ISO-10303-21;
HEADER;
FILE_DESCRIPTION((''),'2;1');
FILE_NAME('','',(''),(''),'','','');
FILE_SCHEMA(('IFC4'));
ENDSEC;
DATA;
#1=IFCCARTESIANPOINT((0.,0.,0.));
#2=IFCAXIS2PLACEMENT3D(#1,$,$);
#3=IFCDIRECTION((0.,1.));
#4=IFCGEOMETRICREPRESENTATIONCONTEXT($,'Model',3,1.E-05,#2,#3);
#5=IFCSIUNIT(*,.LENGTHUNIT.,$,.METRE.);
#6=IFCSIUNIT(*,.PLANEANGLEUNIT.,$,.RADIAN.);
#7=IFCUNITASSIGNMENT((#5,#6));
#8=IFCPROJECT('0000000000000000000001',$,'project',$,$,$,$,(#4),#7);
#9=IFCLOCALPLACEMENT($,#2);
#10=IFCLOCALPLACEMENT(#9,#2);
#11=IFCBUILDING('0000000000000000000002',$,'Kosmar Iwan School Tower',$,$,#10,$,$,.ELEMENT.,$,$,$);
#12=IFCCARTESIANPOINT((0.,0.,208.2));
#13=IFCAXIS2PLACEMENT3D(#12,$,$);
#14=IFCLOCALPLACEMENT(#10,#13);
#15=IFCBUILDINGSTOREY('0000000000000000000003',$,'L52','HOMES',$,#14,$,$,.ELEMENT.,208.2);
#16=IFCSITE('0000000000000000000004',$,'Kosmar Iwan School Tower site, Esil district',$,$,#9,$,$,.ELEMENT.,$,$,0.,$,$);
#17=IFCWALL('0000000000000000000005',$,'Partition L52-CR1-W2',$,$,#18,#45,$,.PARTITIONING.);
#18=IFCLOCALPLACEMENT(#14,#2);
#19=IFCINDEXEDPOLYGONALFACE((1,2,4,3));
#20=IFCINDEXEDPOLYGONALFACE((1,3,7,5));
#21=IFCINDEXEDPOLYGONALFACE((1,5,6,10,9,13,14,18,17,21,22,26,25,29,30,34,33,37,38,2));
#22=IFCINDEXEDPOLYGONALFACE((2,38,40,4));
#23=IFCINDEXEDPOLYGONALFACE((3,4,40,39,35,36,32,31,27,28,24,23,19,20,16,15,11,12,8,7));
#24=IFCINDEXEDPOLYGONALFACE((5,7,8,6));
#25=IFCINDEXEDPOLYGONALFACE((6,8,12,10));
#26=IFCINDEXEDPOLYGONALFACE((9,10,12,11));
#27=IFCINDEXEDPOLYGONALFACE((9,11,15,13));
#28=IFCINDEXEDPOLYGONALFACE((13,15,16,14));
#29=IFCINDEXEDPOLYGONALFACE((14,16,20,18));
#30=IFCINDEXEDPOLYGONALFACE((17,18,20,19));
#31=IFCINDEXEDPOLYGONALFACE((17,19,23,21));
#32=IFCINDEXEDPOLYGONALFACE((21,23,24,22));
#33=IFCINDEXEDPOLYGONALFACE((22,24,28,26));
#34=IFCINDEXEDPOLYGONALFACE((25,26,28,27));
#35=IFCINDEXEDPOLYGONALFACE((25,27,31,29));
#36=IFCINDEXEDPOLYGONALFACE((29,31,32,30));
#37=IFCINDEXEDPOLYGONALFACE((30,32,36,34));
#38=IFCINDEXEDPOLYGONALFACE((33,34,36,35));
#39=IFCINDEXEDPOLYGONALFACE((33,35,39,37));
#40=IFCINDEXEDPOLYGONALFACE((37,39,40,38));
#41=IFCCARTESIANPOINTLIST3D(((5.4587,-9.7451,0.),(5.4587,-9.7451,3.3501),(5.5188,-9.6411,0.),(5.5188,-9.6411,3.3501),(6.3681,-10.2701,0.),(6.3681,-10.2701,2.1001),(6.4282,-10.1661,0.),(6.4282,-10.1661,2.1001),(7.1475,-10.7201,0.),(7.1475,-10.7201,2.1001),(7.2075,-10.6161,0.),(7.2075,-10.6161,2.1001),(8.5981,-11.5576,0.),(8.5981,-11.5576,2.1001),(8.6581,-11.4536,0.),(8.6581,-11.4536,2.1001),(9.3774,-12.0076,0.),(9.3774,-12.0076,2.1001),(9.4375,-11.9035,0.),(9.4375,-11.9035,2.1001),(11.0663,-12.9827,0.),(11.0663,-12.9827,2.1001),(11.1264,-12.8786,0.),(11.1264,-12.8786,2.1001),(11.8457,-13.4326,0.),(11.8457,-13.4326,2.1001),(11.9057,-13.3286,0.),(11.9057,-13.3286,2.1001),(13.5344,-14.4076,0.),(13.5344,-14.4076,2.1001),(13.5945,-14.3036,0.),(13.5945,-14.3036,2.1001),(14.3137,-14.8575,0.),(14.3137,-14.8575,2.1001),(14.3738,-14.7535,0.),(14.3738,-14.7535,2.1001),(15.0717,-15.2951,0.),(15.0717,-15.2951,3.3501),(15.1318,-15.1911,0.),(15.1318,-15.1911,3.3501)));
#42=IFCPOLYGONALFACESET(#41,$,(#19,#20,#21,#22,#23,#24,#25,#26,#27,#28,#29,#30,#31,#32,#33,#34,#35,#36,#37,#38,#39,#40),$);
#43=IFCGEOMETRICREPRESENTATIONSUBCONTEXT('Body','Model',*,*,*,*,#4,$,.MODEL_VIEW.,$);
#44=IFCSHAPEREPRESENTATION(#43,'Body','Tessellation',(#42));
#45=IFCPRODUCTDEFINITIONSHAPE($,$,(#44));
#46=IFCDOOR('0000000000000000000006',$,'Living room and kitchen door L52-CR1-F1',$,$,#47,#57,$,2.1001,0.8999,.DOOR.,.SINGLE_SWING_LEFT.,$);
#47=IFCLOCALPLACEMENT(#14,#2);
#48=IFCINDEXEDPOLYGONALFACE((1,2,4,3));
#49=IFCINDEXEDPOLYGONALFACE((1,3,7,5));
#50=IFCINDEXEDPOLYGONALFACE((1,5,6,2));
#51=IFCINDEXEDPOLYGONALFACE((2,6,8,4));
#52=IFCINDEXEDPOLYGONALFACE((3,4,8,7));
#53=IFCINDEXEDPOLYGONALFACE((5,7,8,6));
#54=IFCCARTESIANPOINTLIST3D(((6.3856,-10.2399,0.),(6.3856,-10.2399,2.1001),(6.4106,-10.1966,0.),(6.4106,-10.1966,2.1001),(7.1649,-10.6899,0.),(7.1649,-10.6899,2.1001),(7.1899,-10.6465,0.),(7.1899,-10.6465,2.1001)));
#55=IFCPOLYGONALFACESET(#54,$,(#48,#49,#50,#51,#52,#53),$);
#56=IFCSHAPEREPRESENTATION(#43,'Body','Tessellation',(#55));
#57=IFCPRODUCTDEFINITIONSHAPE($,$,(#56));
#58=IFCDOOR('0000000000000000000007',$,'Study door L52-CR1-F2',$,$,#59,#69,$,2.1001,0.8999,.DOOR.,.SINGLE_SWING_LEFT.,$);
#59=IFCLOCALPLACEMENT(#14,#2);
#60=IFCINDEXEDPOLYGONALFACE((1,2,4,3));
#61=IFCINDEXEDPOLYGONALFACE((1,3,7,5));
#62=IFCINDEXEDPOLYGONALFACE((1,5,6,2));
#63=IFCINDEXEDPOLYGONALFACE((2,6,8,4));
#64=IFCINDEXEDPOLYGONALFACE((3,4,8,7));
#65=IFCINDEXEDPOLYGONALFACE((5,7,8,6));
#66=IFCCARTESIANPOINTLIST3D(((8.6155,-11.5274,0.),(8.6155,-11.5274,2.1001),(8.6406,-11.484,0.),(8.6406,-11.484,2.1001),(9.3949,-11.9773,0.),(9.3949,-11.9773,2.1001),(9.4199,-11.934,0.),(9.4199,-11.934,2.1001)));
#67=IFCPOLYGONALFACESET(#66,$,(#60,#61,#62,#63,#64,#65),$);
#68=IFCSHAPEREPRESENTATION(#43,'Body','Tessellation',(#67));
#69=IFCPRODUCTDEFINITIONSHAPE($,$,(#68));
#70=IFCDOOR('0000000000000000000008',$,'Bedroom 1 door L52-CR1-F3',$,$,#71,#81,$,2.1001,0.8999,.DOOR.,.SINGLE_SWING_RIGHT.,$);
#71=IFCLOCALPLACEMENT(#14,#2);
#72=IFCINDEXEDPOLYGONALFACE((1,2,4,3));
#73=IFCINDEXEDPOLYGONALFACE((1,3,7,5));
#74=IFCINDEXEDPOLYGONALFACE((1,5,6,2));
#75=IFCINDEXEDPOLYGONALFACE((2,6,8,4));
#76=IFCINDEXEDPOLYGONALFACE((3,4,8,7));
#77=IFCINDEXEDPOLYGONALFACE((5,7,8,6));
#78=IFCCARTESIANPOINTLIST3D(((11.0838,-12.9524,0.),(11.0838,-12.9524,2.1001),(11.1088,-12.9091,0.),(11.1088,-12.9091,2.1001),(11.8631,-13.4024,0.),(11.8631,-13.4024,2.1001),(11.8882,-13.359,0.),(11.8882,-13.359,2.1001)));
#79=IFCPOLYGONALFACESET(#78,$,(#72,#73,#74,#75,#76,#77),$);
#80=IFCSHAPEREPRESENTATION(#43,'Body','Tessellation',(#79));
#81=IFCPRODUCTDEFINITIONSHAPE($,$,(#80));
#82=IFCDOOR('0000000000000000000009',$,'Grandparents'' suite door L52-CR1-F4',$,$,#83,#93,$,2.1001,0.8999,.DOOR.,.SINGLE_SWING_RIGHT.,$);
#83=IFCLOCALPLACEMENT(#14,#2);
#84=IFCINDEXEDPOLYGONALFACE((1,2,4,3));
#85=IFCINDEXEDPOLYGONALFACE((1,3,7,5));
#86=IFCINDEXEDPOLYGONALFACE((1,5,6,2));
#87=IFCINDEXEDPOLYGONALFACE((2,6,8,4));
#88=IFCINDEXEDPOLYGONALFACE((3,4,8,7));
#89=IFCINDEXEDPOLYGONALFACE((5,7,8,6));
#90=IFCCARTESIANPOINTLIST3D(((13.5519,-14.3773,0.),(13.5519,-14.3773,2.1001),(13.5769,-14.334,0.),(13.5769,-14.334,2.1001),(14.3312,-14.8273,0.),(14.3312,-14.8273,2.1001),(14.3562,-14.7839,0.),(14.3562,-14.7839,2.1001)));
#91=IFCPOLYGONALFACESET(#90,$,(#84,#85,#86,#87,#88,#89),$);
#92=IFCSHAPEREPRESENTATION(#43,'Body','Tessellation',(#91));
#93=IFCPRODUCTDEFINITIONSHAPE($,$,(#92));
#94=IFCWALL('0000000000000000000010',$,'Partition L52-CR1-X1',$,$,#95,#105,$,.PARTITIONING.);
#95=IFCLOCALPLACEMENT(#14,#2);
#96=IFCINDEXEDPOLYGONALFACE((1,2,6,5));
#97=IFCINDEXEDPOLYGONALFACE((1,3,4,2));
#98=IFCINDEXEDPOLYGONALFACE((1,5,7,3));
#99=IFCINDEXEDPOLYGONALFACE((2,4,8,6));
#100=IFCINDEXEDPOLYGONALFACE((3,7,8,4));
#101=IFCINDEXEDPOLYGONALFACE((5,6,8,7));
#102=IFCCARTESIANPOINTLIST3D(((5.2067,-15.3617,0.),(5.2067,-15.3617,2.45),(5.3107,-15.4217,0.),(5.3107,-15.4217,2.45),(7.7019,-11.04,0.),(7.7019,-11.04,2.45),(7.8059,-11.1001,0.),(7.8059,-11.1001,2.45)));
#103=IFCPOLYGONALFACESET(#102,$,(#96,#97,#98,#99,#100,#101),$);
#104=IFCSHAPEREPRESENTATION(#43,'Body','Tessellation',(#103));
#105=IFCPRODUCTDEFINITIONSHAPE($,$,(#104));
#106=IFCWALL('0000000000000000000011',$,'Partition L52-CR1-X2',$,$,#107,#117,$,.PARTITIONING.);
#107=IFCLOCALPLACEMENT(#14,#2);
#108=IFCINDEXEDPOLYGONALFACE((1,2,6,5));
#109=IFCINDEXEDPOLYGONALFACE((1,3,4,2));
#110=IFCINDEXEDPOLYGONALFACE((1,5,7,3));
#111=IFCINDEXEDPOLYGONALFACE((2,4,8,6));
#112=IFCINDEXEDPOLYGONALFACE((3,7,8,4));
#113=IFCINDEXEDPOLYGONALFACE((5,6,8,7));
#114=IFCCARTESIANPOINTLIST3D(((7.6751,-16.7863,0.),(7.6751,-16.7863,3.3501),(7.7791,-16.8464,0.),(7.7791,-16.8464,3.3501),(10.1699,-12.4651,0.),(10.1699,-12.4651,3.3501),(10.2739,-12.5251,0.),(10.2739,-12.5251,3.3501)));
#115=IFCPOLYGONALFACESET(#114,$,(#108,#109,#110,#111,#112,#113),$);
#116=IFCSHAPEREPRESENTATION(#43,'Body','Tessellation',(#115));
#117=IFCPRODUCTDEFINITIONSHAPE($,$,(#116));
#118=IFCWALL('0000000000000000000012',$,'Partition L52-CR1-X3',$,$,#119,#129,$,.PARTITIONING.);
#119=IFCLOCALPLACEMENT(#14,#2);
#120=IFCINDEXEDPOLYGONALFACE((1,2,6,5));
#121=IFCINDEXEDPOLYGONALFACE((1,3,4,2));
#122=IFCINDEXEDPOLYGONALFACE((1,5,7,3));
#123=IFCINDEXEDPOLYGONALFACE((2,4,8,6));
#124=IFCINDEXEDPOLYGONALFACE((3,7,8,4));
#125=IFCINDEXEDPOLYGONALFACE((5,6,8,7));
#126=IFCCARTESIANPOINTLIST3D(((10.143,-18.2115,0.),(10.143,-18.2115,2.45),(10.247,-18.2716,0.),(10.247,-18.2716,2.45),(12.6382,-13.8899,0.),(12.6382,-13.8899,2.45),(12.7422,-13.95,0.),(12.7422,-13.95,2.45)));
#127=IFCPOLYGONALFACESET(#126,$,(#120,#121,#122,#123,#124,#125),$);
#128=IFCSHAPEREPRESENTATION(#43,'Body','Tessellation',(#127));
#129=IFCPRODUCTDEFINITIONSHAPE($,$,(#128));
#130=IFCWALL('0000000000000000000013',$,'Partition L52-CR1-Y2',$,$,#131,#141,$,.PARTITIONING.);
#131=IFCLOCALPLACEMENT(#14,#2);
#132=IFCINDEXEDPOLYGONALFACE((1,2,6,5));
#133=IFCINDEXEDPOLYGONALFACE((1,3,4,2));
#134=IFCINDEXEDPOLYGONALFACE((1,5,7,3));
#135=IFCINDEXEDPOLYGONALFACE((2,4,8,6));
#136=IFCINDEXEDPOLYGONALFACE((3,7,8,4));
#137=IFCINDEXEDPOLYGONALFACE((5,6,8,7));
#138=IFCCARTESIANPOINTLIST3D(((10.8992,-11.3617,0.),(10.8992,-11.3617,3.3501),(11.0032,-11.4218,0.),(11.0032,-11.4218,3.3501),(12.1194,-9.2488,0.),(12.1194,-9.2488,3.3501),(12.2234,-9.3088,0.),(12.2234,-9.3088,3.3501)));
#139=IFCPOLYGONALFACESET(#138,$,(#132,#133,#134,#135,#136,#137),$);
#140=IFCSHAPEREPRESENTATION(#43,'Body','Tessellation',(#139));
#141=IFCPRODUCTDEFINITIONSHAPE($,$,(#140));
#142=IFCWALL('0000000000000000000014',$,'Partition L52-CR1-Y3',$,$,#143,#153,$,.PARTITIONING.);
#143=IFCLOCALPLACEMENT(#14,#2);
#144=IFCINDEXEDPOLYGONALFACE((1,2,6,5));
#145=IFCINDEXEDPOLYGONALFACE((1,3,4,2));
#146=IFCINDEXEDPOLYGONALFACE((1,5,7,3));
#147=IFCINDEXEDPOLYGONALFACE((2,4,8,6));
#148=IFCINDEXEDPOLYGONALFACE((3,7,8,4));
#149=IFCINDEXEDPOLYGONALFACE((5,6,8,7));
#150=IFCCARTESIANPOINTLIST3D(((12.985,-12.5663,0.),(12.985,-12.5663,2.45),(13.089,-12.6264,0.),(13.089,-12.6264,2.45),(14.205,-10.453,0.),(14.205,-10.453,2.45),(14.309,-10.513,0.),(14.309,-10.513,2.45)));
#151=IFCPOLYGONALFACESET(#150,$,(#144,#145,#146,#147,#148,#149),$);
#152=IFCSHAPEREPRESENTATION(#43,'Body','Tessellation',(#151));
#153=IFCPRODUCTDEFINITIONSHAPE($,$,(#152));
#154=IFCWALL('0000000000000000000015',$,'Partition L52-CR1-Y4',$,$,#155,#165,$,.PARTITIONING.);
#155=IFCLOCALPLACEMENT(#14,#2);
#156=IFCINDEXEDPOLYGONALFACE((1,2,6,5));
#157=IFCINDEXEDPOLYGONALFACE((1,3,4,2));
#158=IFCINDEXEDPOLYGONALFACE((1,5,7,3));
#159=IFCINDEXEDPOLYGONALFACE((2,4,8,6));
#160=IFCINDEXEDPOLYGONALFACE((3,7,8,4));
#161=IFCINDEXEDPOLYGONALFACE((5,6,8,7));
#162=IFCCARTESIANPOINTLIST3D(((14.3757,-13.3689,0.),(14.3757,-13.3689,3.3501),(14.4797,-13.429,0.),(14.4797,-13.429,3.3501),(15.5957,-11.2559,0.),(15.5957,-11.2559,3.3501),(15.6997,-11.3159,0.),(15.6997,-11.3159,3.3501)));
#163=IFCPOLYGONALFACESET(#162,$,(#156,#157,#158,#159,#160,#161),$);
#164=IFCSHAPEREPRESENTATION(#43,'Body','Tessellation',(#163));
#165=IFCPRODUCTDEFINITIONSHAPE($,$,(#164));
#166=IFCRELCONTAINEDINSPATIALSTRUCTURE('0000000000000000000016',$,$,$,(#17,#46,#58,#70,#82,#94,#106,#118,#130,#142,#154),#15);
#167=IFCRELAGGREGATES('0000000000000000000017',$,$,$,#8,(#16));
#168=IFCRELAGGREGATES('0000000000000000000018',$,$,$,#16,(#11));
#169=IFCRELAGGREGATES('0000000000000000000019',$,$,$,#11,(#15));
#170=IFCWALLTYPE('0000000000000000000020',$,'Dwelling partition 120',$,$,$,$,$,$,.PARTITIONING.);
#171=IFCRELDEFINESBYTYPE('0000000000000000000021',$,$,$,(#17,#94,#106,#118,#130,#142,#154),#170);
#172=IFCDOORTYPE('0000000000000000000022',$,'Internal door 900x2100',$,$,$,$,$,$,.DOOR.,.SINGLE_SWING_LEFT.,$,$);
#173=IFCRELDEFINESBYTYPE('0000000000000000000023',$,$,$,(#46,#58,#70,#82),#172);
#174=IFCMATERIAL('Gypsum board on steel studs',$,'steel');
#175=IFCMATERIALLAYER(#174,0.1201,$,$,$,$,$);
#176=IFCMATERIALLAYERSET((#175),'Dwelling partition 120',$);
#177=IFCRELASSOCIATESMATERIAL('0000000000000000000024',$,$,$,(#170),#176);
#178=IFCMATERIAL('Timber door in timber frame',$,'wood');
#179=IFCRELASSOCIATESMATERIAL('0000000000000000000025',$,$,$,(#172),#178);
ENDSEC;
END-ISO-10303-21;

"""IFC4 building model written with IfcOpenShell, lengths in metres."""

from ifc_helpers import new_model, si_unit, direction, frame, frame_2d, origin, place, context, subcontext, project, spatial, rectangle, extrude, material, layer, layer_set, type_object, element, fill, save


model = new_model("IFC4")

# Units and contexts
model_context = context("Model", 3, precision=1e-05, world=origin(), true_north=direction((0.0, 1.0)))
body_context = subcontext(model_context, "Body", "Model", "MODEL_VIEW")
ifc_project = project(units=[si_unit("LENGTHUNIT", "METRE"), si_unit("PLANEANGLEUNIT", "RADIAN")], contexts=[model_context])

# Site, building, storey
site_placement = place(None, origin())
site = spatial("IfcSite", under=ifc_project, at=site_placement, Name="Kosmar Iwan School Tower site, Esil district", CompositionType="ELEMENT", RefElevation=0.0)
building_placement = place(site_placement, origin())
building = spatial("IfcBuilding", under=site, at=building_placement, Name="Kosmar Iwan School Tower", CompositionType="ELEMENT")
storey_placement = place(building_placement, frame((0.0, 0.0, 208.2)))
storey = spatial("IfcBuildingStorey", under=building, at=storey_placement, Name="L52", Description="HOMES", CompositionType="ELEMENT", Elevation=208.2)

# Wall, openings, doors
ifc_material_1 = material(Name="Gypsum board on steel studs", Category="steel")
ifc_layer_1 = layer(ifc_material_1, 0.1201)
ifc_layer_set_1 = layer_set([ifc_layer_1], Name="Dwelling partition 120")
wall_type_1 = type_object("IfcWallType", Name="Dwelling partition 120", PredefinedType="PARTITIONING", material=ifc_layer_set_1)
ifc_material_2 = material(Name="Timber door in timber frame", Category="wood")
door_type_1 = type_object("IfcDoorType", Name="Internal door 900x2100", OperationType="SINGLE_SWING_LEFT", PredefinedType="DOOR", material=ifc_material_2)
wall_1_placement = place(storey_placement, frame((5.4888, -9.6931, 0.0), z_axis=(0.0, 0.0, 1.0), x_axis=(0.866027, -0.499997, 0.0)))
wall_1 = element("IfcWall", 1, at=wall_1_placement, inside=storey, type_object=wall_type_1, Name="Partition L52-CR1-W2", PredefinedType="PARTITIONING", context=body_context, shape_type="SweptSolid", body=[
    extrude(rectangle(XDim=11.1001, YDim=0.1201, at=frame_2d((5.55, 0.0))), origin(), (0.0, 0.0, 1.0), 3.3501),
])
opening_1_placement = place(wall_1_placement, frame((1.05, 0.0, 0.0)))
opening_1 = element("IfcOpeningElement", 2, at=opening_1_placement, cuts=wall_1, PredefinedType="OPENING", context=body_context, shape_type="SweptSolid", body=[
    extrude(rectangle(XDim=0.8999, YDim=2.1001, at=frame_2d((0.45, 1.05))), frame((0.0, 0.072, 0.0), z_axis=(0.0, -1.0, 0.0), x_axis=(1.0, 0.0, 0.0)), (0.0, 0.0, 1.0), 0.144),
])
opening_2_placement = place(wall_1_placement, frame((3.625, 0.0, 0.0)))
opening_2 = element("IfcOpeningElement", 3, at=opening_2_placement, cuts=wall_1, PredefinedType="OPENING", context=body_context, shape_type="SweptSolid", body=[
    extrude(rectangle(XDim=0.8999, YDim=2.1001, at=frame_2d((0.45, 1.05))), frame((0.0, 0.072, 0.0), z_axis=(0.0, -1.0, 0.0), x_axis=(1.0, 0.0, 0.0)), (0.0, 0.0, 1.0), 0.144),
])
opening_3_placement = place(wall_1_placement, frame((6.4751, 0.0, 0.0)))
opening_3 = element("IfcOpeningElement", 4, at=opening_3_placement, cuts=wall_1, PredefinedType="OPENING", context=body_context, shape_type="SweptSolid", body=[
    extrude(rectangle(XDim=0.8999, YDim=2.1001, at=frame_2d((0.45, 1.05))), frame((0.0, 0.072, 0.0), z_axis=(0.0, -1.0, 0.0), x_axis=(1.0, 0.0, 0.0)), (0.0, 0.0, 1.0), 0.144),
])
opening_4_placement = place(wall_1_placement, frame((9.325, 0.0, 0.0)))
opening_4 = element("IfcOpeningElement", 5, at=opening_4_placement, cuts=wall_1, PredefinedType="OPENING", context=body_context, shape_type="SweptSolid", body=[
    extrude(rectangle(XDim=0.8999, YDim=2.1001, at=frame_2d((0.45, 1.05))), frame((0.0, 0.072, 0.0), z_axis=(0.0, -1.0, 0.0), x_axis=(1.0, 0.0, 0.0)), (0.0, 0.0, 1.0), 0.144),
])
door_1_placement = place(opening_1_placement, origin())
door_1 = element("IfcDoor", 6, at=door_1_placement, inside=storey, type_object=door_type_1, Name="Living room and kitchen door L52-CR1-F1", OperationType="SINGLE_SWING_LEFT", OverallHeight=2.1001, OverallWidth=0.8999, PredefinedType="DOOR", context=body_context, shape_type="SweptSolid", body=[
    extrude(rectangle(XDim=0.8999, YDim=2.1001, at=frame_2d((0.45, 1.05))), frame((0.0, 0.0249, 0.0), z_axis=(0.0, -1.0, 0.0), x_axis=(1.0, 0.0, 0.0)), (0.0, 0.0, 1.0), 0.05),
])
fill(opening_1, door_1)
door_2_placement = place(opening_2_placement, origin())
door_2 = element("IfcDoor", 7, at=door_2_placement, inside=storey, type_object=door_type_1, Name="Study door L52-CR1-F2", OperationType="SINGLE_SWING_LEFT", OverallHeight=2.1001, OverallWidth=0.8999, PredefinedType="DOOR", context=body_context, shape_type="SweptSolid", body=[
    extrude(rectangle(XDim=0.8999, YDim=2.1001, at=frame_2d((0.45, 1.05))), frame((0.0, 0.0249, 0.0), z_axis=(0.0, -1.0, 0.0), x_axis=(1.0, 0.0, 0.0)), (0.0, 0.0, 1.0), 0.05),
])
fill(opening_2, door_2)
door_3_placement = place(opening_3_placement, origin())
door_3 = element("IfcDoor", 8, at=door_3_placement, inside=storey, type_object=door_type_1, Name="Bedroom 1 door L52-CR1-F3", OperationType="SINGLE_SWING_RIGHT", OverallHeight=2.1001, OverallWidth=0.8999, PredefinedType="DOOR", context=body_context, shape_type="SweptSolid", body=[
    extrude(rectangle(XDim=0.8999, YDim=2.1001, at=frame_2d((0.45, 1.05))), frame((0.0, 0.0249, 0.0), z_axis=(0.0, -1.0, 0.0), x_axis=(1.0, 0.0, 0.0)), (0.0, 0.0, 1.0), 0.05),
])
fill(opening_3, door_3)
door_4_placement = place(opening_4_placement, origin())
door_4 = element("IfcDoor", 9, at=door_4_placement, inside=storey, type_object=door_type_1, Name="Grandparents' suite door L52-CR1-F4", OperationType="SINGLE_SWING_RIGHT", OverallHeight=2.1001, OverallWidth=0.8999, PredefinedType="DOOR", context=body_context, shape_type="SweptSolid", body=[
    extrude(rectangle(XDim=0.8999, YDim=2.1001, at=frame_2d((0.45, 1.05))), frame((0.0, 0.0249, 0.0), z_axis=(0.0, -1.0, 0.0), x_axis=(1.0, 0.0, 0.0)), (0.0, 0.0, 1.0), 0.05),
])
fill(opening_4, door_4)

# Walls
wall_2_placement = place(storey_placement, frame((7.7539, -11.0701, 0.0), z_axis=(0.0, 0.0, 1.0), x_axis=(-0.500012, -0.866019, 0.0)))
element("IfcWall", 10, at=wall_2_placement, inside=storey, type_object=wall_type_1, Name="Partition L52-CR1-X1", PredefinedType="PARTITIONING", context=body_context, shape_type="SweptSolid", body=[
    extrude(rectangle(XDim=4.9902, YDim=0.1201, at=frame_2d((2.4951, 0.0))), origin(), (0.0, 0.0, 1.0), 2.45),
])
wall_3_placement = place(storey_placement, frame((10.2219, -12.4951, 0.0), z_axis=(0.0, 0.0, 1.0), x_axis=(-0.499996, -0.866028, 0.0)))
element("IfcWall", 11, at=wall_3_placement, inside=storey, type_object=wall_type_1, Name="Partition L52-CR1-X2", PredefinedType="PARTITIONING", context=body_context, shape_type="SweptSolid", body=[
    extrude(rectangle(XDim=4.9897, YDim=0.1201, at=frame_2d((2.4949, 0.0))), origin(), (0.0, 0.0, 1.0), 3.3501),
])
wall_4_placement = place(storey_placement, frame((12.6902, -13.9199, 0.0), z_axis=(0.0, 0.0, 1.0), x_axis=(-0.500012, -0.866019, 0.0)))
element("IfcWall", 12, at=wall_4_placement, inside=storey, type_object=wall_type_1, Name="Partition L52-CR1-X3", PredefinedType="PARTITIONING", context=body_context, shape_type="SweptSolid", body=[
    extrude(rectangle(XDim=4.9902, YDim=0.1201, at=frame_2d((2.4951, 0.0))), origin(), (0.0, 0.0, 1.0), 2.45),
])
wall_5_placement = place(storey_placement, frame((12.1714, -9.2788, 0.0), z_axis=(0.0, 0.0, 1.0), x_axis=(-0.500078, -0.865981, 0.0)))
element("IfcWall", 13, at=wall_5_placement, inside=storey, type_object=wall_type_1, Name="Partition L52-CR1-Y2", PredefinedType="PARTITIONING", context=body_context, shape_type="SweptSolid", body=[
    extrude(rectangle(XDim=2.4399, YDim=0.1201, at=frame_2d((1.22, 0.0))), origin(), (0.0, 0.0, 1.0), 3.3501),
])
wall_6_placement = place(storey_placement, frame((14.2571, -10.4829, 0.0), z_axis=(0.0, 0.0, 1.0), x_axis=(-0.499959, -0.866049, 0.0)))
element("IfcWall", 14, at=wall_6_placement, inside=storey, type_object=wall_type_1, Name="Partition L52-CR1-Y3", PredefinedType="PARTITIONING", context=body_context, shape_type="SweptSolid", body=[
    extrude(rectangle(XDim=2.4402, YDim=0.1201, at=frame_2d((1.2202, 0.0))), origin(), (0.0, 0.0, 1.0), 2.45),
])
wall_7_placement = place(storey_placement, frame((15.6477, -11.2859, 0.0), z_axis=(0.0, 0.0, 1.0), x_axis=(-0.500003, -0.866024, 0.0)))
element("IfcWall", 15, at=wall_7_placement, inside=storey, type_object=wall_type_1, Name="Partition L52-CR1-Y4", PredefinedType="PARTITIONING", context=body_context, shape_type="SweptSolid", body=[
    extrude(rectangle(XDim=2.4399, YDim=0.1201, at=frame_2d((1.22, 0.0))), origin(), (0.0, 0.0, 1.0), 3.3501),
])

save(model, "model.ifc")
